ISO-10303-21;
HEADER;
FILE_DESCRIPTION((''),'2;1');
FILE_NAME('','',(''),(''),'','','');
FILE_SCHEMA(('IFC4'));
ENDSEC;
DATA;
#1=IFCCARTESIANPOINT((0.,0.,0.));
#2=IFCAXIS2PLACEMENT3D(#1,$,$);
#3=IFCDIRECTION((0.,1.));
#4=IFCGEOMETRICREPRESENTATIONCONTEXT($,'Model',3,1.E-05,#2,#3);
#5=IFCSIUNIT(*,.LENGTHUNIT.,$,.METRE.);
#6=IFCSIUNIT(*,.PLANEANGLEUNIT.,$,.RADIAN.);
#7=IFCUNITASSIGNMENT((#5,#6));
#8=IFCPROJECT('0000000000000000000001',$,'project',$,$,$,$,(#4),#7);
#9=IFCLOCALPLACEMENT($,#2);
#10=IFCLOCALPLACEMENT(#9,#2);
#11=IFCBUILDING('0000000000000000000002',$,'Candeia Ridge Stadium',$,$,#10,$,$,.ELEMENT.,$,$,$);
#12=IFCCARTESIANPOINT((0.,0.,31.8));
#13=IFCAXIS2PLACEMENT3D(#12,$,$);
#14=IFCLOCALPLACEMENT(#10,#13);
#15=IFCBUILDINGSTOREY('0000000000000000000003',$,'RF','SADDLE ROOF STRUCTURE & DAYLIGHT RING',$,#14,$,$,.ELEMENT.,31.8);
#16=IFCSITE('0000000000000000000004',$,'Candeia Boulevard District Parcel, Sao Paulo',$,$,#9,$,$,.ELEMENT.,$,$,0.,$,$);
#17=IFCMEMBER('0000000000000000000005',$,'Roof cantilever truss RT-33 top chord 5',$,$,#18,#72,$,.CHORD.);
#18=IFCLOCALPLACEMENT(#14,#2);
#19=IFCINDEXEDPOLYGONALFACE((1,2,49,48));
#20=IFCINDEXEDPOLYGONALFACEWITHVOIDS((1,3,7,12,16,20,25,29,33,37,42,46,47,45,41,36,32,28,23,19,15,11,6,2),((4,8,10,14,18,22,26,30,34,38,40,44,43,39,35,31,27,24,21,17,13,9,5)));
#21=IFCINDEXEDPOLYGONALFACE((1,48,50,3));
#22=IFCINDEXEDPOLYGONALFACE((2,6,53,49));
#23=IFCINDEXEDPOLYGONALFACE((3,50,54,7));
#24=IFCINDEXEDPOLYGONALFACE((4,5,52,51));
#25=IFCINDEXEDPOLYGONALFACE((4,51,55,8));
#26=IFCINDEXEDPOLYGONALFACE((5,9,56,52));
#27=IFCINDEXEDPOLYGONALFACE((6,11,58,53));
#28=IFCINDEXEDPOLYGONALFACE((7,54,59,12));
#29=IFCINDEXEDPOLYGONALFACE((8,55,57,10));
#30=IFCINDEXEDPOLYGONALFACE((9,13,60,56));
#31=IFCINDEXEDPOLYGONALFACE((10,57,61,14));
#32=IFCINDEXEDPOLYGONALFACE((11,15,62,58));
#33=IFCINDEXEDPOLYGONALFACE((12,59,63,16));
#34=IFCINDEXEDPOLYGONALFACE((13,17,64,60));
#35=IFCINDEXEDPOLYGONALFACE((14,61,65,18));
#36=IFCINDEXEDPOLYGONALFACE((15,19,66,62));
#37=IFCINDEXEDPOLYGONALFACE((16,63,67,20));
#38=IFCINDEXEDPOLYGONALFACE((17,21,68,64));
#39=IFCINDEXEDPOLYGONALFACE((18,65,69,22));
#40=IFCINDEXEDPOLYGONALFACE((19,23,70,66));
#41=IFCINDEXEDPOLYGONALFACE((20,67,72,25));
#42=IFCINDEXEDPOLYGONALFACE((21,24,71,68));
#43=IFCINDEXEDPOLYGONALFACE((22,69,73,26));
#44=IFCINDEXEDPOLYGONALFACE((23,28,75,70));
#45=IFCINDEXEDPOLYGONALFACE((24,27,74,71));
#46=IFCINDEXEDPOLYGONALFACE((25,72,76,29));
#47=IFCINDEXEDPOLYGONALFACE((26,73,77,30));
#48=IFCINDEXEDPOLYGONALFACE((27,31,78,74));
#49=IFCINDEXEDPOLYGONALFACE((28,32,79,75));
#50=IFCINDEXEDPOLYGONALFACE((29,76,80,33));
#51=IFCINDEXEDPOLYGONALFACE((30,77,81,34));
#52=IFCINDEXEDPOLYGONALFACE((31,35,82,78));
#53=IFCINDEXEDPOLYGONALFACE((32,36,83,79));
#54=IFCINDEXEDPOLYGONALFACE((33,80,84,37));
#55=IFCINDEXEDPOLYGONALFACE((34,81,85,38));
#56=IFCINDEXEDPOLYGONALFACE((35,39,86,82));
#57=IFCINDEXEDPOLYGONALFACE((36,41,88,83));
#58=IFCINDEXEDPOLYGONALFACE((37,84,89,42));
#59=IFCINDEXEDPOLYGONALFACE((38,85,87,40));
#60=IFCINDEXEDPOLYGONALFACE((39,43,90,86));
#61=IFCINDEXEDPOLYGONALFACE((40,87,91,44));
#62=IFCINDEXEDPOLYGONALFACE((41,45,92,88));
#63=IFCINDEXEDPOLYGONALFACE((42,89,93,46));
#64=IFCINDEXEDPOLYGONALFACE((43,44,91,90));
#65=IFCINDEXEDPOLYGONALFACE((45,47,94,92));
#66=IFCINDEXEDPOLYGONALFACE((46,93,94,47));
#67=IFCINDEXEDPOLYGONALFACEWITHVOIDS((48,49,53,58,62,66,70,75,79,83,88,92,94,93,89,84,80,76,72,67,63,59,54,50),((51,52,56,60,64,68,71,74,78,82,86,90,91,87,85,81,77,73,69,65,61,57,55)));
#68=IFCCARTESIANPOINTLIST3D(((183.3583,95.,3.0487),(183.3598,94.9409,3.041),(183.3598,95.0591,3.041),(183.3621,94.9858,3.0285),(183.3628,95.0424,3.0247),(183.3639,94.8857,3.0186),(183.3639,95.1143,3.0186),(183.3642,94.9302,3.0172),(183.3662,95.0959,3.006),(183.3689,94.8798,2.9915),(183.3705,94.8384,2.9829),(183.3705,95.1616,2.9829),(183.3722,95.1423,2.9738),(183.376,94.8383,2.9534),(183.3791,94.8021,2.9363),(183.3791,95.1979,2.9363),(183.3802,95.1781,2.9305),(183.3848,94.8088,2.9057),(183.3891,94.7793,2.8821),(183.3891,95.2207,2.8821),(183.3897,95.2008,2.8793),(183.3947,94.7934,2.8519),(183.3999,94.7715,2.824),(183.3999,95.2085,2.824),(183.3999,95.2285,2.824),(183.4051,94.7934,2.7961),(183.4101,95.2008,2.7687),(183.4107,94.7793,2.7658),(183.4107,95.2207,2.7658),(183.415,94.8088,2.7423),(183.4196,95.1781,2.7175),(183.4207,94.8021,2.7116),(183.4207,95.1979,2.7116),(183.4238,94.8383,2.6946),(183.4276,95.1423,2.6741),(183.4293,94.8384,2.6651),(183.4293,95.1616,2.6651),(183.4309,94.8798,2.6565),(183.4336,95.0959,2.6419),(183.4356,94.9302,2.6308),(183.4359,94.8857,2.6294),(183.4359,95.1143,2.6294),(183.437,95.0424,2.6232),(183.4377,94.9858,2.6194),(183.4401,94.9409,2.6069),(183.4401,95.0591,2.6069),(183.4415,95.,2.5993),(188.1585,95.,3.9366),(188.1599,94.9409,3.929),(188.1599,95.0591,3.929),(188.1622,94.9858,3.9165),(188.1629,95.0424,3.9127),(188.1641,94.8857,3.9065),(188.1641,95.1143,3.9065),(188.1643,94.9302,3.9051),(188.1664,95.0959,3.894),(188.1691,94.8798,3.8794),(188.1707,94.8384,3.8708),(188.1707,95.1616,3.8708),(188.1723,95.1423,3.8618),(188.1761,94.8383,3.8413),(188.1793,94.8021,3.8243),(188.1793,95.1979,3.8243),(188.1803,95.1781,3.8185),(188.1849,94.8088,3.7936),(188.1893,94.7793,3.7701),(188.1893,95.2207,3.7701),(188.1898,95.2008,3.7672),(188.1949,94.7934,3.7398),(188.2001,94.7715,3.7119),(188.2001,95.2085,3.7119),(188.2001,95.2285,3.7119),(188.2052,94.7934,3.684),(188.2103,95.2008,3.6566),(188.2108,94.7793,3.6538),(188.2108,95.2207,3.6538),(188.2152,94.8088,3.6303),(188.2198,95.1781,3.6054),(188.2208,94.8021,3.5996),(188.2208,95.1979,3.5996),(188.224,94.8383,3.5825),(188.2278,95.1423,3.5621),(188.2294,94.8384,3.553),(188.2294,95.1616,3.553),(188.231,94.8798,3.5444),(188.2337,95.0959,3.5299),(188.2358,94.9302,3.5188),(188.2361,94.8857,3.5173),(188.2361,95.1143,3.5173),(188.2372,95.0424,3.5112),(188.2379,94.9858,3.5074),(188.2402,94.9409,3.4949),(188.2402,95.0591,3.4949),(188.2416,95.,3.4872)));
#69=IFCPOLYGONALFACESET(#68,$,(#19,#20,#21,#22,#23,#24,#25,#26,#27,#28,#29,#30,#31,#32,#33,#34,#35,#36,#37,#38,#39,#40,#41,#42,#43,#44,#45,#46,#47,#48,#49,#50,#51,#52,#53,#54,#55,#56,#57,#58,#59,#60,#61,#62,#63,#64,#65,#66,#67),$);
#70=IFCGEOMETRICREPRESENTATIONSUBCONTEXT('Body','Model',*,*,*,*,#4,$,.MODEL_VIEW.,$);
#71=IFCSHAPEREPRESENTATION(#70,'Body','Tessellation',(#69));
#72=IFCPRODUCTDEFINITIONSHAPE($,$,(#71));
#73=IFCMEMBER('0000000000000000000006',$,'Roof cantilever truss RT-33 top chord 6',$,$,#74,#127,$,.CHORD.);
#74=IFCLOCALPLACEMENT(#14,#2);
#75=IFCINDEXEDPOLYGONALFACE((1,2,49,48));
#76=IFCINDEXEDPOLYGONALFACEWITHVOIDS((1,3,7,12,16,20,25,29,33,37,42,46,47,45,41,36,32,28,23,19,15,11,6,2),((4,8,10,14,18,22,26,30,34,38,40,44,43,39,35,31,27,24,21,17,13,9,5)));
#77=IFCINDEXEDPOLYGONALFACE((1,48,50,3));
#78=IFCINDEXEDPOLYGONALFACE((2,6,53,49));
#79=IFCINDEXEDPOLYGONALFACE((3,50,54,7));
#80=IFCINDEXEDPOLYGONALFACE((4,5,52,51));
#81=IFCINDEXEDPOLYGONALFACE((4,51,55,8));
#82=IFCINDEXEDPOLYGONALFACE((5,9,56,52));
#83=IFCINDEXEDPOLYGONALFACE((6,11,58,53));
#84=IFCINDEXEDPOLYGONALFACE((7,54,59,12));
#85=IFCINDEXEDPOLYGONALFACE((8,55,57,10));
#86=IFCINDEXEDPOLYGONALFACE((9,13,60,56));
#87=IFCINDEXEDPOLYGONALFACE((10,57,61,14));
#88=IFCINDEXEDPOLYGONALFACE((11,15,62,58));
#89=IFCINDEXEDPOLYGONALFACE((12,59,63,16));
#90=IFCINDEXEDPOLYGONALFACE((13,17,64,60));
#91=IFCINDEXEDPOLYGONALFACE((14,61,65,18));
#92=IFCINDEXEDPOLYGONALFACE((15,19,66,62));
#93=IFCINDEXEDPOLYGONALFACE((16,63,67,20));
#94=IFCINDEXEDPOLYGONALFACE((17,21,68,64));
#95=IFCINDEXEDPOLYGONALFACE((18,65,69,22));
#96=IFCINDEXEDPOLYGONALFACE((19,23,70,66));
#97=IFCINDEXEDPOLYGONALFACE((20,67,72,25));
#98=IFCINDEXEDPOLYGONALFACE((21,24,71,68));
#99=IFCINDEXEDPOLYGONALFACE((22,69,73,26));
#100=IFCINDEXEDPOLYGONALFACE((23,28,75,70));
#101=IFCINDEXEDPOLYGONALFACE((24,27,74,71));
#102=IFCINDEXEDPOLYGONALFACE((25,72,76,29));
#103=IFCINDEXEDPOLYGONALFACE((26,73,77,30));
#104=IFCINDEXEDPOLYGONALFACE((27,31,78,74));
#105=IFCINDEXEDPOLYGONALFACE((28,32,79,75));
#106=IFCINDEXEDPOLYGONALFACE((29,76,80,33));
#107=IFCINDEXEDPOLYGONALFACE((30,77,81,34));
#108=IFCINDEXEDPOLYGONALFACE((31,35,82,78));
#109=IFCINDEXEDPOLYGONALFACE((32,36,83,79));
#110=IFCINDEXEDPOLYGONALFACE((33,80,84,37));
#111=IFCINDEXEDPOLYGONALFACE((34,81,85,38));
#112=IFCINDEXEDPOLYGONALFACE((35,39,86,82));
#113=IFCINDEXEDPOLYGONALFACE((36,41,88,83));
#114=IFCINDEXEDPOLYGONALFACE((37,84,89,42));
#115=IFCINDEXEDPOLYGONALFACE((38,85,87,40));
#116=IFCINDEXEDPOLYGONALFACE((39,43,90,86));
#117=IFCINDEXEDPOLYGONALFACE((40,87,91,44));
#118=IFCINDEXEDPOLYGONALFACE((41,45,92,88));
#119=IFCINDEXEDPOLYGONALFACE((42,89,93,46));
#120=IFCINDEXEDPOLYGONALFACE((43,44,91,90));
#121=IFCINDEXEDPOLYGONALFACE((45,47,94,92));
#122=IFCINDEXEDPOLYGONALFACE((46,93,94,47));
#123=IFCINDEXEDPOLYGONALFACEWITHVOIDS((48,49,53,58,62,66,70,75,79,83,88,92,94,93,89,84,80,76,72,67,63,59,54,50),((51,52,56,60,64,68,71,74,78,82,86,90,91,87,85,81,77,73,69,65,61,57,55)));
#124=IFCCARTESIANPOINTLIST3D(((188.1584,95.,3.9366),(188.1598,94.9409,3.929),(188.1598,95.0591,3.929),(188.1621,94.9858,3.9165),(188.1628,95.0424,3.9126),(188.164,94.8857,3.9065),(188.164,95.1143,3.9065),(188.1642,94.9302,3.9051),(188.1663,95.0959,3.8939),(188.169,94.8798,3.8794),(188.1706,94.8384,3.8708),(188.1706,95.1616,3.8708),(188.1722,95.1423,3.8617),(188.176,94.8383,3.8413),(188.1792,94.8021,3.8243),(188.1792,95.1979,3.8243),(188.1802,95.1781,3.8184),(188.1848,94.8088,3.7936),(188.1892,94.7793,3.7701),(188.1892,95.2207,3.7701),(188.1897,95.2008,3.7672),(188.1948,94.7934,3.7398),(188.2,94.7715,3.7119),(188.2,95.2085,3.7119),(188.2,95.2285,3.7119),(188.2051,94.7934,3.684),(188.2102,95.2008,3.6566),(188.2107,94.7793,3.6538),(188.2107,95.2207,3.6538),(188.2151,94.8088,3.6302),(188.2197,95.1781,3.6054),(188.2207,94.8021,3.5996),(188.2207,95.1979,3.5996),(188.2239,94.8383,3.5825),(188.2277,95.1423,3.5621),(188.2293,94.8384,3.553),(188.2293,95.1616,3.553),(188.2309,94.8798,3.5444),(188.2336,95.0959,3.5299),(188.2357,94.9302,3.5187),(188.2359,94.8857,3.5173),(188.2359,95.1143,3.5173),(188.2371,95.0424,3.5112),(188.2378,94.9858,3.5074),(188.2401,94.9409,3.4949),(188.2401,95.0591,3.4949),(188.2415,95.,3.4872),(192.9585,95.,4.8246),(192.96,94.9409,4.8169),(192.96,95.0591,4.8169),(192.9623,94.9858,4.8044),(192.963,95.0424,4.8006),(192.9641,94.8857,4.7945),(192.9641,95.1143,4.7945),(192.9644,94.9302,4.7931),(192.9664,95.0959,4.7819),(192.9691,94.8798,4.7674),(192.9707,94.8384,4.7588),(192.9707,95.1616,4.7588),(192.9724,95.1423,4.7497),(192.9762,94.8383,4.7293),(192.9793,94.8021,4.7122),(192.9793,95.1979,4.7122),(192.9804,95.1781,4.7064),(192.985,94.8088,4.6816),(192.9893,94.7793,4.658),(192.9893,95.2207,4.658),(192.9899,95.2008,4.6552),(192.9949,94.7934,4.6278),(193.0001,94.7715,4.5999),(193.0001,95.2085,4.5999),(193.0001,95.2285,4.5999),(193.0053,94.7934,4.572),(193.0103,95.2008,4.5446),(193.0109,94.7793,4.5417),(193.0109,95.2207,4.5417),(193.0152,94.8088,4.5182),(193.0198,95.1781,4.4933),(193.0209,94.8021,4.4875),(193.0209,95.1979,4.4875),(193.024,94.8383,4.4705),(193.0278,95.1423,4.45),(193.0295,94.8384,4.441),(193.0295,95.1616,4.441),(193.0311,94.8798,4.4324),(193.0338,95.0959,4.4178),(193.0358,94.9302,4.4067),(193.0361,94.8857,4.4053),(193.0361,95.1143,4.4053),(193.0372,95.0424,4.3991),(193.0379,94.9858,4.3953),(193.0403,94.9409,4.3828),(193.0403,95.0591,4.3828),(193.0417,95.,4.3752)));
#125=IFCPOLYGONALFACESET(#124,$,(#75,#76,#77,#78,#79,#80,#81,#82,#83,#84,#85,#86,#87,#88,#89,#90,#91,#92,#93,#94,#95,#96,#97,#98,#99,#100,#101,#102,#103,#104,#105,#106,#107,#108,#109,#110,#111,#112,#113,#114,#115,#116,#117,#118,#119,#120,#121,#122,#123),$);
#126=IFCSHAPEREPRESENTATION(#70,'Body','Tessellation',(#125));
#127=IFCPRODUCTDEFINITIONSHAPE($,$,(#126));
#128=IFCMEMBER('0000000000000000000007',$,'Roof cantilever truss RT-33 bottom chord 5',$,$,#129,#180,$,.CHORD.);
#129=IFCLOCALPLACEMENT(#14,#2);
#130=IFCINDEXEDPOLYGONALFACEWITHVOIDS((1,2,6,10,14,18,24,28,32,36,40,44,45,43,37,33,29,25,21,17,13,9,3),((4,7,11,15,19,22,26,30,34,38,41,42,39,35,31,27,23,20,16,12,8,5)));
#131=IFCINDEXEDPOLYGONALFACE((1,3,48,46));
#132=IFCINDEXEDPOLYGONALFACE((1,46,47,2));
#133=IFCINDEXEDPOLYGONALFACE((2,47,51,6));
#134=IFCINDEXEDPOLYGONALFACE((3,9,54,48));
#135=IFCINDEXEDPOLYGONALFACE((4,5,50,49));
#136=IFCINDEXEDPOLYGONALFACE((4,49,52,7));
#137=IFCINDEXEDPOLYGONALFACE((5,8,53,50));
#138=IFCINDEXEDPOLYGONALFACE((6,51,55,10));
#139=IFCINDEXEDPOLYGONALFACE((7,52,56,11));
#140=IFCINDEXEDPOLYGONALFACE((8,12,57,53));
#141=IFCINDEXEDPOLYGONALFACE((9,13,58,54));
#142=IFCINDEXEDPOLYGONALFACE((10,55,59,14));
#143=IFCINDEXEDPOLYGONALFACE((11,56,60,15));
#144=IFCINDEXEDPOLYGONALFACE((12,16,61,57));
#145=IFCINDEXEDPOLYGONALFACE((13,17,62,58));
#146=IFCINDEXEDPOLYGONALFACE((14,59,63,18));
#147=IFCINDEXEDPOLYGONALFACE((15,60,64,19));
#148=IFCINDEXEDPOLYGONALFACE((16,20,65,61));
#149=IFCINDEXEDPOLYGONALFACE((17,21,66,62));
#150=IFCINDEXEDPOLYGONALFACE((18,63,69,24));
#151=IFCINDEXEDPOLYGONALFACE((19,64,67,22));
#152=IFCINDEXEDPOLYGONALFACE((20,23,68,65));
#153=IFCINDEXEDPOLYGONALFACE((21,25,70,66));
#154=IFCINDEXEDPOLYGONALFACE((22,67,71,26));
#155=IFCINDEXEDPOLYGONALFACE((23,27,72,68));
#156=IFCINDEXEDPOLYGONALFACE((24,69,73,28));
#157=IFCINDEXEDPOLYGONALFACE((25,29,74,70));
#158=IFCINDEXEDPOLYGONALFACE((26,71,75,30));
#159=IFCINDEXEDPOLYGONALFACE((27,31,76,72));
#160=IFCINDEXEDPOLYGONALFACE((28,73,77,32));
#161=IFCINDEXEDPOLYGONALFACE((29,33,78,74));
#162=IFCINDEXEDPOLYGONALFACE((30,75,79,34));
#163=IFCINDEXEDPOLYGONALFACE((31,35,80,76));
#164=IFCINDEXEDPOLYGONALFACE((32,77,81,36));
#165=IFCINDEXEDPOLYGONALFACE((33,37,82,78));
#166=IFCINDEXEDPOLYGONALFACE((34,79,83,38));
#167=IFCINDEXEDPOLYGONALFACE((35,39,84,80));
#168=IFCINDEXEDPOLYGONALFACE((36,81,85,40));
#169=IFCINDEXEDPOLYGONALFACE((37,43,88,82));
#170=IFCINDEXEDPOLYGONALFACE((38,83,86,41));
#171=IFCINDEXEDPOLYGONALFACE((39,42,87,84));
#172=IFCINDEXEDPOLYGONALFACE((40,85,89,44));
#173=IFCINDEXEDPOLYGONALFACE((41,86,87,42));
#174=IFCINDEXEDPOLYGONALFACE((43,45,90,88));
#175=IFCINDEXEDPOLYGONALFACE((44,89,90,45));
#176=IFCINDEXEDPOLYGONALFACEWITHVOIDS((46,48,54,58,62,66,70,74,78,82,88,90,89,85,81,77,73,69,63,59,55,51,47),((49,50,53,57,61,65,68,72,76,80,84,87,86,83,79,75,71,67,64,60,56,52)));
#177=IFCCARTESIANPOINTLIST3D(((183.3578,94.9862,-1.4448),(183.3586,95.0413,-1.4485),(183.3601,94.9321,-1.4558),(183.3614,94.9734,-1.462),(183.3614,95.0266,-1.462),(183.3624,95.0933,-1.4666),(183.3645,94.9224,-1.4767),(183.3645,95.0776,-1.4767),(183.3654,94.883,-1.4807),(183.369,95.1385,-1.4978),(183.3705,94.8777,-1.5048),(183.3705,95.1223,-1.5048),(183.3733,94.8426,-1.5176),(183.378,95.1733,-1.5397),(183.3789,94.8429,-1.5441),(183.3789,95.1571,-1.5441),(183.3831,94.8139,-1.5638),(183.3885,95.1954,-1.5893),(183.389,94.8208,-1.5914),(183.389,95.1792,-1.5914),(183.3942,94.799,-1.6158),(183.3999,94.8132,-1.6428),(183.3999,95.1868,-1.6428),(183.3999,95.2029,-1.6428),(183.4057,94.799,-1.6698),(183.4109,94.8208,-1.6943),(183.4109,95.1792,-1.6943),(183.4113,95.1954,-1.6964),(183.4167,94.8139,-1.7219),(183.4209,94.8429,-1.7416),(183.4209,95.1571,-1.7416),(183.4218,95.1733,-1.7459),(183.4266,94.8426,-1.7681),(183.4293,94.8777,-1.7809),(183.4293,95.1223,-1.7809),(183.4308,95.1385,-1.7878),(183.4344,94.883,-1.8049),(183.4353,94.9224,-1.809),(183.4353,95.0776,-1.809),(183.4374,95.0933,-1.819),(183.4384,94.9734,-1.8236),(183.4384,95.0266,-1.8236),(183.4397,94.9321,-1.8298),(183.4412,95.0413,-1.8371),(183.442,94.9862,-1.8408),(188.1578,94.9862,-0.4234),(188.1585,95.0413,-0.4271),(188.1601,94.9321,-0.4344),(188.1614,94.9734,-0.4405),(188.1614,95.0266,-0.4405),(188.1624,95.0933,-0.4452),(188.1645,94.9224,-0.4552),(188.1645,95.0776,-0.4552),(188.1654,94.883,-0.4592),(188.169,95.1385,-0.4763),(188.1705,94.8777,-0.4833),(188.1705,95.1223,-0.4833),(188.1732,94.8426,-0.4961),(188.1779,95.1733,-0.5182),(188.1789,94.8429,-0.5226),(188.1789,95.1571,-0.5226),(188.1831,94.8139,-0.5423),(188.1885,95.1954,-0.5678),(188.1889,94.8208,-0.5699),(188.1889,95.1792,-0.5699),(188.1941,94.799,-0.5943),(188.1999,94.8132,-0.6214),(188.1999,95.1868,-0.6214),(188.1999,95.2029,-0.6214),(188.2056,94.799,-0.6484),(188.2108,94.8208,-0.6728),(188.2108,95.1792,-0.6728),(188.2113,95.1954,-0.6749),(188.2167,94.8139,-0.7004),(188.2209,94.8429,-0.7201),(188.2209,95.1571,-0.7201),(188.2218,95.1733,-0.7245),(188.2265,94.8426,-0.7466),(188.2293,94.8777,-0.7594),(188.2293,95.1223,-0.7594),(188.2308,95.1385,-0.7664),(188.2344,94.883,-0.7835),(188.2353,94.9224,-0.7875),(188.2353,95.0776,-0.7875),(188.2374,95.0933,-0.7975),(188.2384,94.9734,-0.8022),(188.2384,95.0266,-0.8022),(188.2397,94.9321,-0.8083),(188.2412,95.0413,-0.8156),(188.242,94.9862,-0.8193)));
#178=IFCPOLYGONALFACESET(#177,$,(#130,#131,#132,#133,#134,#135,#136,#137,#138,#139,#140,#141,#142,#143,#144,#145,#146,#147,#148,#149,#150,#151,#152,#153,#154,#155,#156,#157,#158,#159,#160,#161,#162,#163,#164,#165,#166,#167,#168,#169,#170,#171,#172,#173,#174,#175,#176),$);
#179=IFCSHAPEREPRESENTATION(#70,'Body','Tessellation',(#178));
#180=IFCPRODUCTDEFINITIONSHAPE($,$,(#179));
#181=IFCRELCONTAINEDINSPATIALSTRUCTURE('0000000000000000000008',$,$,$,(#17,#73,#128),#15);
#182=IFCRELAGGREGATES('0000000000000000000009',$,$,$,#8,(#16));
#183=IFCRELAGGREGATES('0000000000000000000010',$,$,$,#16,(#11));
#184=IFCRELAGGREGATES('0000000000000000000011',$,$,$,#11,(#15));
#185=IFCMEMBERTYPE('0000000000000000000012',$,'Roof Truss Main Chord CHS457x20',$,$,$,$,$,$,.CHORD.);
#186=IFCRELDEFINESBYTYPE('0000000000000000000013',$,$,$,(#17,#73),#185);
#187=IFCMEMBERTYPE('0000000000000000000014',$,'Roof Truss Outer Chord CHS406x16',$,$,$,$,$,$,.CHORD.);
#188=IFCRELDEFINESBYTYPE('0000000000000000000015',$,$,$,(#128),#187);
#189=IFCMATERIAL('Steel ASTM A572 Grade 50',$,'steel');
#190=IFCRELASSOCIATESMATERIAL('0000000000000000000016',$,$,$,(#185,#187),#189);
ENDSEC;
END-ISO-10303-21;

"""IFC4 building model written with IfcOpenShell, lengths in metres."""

from ifc_helpers import new_model, si_unit, direction, frame, origin, origin_2d, place, context, subcontext, project, spatial, hollow_circle, extrude, material, material_profile, profile_set, type_object, element, save


model = new_model("IFC4")

# Units and contexts
model_context = context("Model", 3, precision=1e-05, world=origin(), true_north=direction((0.0, 1.0)))
body_context = subcontext(model_context, "Body", "Model", "MODEL_VIEW")
ifc_project = project(units=[si_unit("LENGTHUNIT", "METRE"), si_unit("PLANEANGLEUNIT", "RADIAN")], contexts=[model_context])

# Site, building, storey
site_placement = place(None, origin())
site = spatial("IfcSite", under=ifc_project, at=site_placement, Name="Candeia Boulevard District Parcel, Sao Paulo", CompositionType="ELEMENT", RefElevation=0.0)
building_placement = place(site_placement, origin())
building = spatial("IfcBuilding", under=site, at=building_placement, Name="Candeia Ridge Stadium", CompositionType="ELEMENT")
storey_placement = place(building_placement, frame((0.0, 0.0, 31.8)))
storey = spatial("IfcBuildingStorey", under=building, at=storey_placement, Name="RF", Description="SADDLE ROOF STRUCTURE & DAYLIGHT RING", CompositionType="ELEMENT", Elevation=31.8)

# Shared definitions
ifc_material_1 = material(Name="Steel ASTM A572 Grade 50", Category="steel")

# Members
ifc_material_profile_1 = material_profile(ifc_material_1, hollow_circle(Radius=0.2285, WallThickness=0.02, at=origin_2d()), Name="CHS457x20", Category="steel")
ifc_profile_set_1 = profile_set([ifc_material_profile_1], Name="Steel ASTM A572 Grade 50")
member_type_1 = type_object("IfcMemberType", Name="Roof Truss Main Chord CHS457x20", PredefinedType="CHORD", material=ifc_profile_set_1)
for number, where, z_axis, x_axis, name in (
    (1, (183.3999, 95.0, 2.824), (0.983317, 0.0, 0.181899), (0.0, 1.0, 0.0), "Roof cantilever truss RT-33 top chord 5"),
    (2, (188.2, 95.0, 3.7119), (0.983317, 0.0, 0.181899), (0.0, 1.0, 0.0), "Roof cantilever truss RT-33 top chord 6"),
):
    element("IfcMember", number, at=place(storey_placement, frame(where, z_axis=z_axis, x_axis=x_axis)), inside=storey, type_object=member_type_1, Name=name, PredefinedType="CHORD", context=body_context, shape_type="SweptSolid", body=[
        extrude(hollow_circle(Radius=0.2285, WallThickness=0.02, at=origin_2d()), origin(), (0.0, 0.0, 1.0), 4.8816),
    ])
ifc_material_profile_2 = material_profile(ifc_material_1, hollow_circle(Radius=0.2029, WallThickness=0.0161, at=origin_2d()), Name="CHS406x16", Category="steel")
ifc_profile_set_2 = profile_set([ifc_material_profile_2], Name="Steel ASTM A572 Grade 50")
member_type_2 = type_object("IfcMemberType", Name="Roof Truss Outer Chord CHS406x16", PredefinedType="CHORD", material=ifc_profile_set_2)
for number, where, z_axis, x_axis, name in (
    (3, (183.3999, 95.0, -1.6428), (0.978098, 0.0, 0.208146), (0.0, 1.0, 0.0), "Roof cantilever truss RT-33 bottom chord 5"),
):
    element("IfcMember", number, at=place(storey_placement, frame(where, z_axis=z_axis, x_axis=x_axis)), inside=storey, type_object=member_type_2, Name=name, PredefinedType="CHORD", context=body_context, shape_type="SweptSolid", body=[
        extrude(hollow_circle(Radius=0.2029, WallThickness=0.0161, at=origin_2d()), origin(), (0.0, 0.0, 1.0), 4.9075),
    ])

save(model, "model.ifc")
